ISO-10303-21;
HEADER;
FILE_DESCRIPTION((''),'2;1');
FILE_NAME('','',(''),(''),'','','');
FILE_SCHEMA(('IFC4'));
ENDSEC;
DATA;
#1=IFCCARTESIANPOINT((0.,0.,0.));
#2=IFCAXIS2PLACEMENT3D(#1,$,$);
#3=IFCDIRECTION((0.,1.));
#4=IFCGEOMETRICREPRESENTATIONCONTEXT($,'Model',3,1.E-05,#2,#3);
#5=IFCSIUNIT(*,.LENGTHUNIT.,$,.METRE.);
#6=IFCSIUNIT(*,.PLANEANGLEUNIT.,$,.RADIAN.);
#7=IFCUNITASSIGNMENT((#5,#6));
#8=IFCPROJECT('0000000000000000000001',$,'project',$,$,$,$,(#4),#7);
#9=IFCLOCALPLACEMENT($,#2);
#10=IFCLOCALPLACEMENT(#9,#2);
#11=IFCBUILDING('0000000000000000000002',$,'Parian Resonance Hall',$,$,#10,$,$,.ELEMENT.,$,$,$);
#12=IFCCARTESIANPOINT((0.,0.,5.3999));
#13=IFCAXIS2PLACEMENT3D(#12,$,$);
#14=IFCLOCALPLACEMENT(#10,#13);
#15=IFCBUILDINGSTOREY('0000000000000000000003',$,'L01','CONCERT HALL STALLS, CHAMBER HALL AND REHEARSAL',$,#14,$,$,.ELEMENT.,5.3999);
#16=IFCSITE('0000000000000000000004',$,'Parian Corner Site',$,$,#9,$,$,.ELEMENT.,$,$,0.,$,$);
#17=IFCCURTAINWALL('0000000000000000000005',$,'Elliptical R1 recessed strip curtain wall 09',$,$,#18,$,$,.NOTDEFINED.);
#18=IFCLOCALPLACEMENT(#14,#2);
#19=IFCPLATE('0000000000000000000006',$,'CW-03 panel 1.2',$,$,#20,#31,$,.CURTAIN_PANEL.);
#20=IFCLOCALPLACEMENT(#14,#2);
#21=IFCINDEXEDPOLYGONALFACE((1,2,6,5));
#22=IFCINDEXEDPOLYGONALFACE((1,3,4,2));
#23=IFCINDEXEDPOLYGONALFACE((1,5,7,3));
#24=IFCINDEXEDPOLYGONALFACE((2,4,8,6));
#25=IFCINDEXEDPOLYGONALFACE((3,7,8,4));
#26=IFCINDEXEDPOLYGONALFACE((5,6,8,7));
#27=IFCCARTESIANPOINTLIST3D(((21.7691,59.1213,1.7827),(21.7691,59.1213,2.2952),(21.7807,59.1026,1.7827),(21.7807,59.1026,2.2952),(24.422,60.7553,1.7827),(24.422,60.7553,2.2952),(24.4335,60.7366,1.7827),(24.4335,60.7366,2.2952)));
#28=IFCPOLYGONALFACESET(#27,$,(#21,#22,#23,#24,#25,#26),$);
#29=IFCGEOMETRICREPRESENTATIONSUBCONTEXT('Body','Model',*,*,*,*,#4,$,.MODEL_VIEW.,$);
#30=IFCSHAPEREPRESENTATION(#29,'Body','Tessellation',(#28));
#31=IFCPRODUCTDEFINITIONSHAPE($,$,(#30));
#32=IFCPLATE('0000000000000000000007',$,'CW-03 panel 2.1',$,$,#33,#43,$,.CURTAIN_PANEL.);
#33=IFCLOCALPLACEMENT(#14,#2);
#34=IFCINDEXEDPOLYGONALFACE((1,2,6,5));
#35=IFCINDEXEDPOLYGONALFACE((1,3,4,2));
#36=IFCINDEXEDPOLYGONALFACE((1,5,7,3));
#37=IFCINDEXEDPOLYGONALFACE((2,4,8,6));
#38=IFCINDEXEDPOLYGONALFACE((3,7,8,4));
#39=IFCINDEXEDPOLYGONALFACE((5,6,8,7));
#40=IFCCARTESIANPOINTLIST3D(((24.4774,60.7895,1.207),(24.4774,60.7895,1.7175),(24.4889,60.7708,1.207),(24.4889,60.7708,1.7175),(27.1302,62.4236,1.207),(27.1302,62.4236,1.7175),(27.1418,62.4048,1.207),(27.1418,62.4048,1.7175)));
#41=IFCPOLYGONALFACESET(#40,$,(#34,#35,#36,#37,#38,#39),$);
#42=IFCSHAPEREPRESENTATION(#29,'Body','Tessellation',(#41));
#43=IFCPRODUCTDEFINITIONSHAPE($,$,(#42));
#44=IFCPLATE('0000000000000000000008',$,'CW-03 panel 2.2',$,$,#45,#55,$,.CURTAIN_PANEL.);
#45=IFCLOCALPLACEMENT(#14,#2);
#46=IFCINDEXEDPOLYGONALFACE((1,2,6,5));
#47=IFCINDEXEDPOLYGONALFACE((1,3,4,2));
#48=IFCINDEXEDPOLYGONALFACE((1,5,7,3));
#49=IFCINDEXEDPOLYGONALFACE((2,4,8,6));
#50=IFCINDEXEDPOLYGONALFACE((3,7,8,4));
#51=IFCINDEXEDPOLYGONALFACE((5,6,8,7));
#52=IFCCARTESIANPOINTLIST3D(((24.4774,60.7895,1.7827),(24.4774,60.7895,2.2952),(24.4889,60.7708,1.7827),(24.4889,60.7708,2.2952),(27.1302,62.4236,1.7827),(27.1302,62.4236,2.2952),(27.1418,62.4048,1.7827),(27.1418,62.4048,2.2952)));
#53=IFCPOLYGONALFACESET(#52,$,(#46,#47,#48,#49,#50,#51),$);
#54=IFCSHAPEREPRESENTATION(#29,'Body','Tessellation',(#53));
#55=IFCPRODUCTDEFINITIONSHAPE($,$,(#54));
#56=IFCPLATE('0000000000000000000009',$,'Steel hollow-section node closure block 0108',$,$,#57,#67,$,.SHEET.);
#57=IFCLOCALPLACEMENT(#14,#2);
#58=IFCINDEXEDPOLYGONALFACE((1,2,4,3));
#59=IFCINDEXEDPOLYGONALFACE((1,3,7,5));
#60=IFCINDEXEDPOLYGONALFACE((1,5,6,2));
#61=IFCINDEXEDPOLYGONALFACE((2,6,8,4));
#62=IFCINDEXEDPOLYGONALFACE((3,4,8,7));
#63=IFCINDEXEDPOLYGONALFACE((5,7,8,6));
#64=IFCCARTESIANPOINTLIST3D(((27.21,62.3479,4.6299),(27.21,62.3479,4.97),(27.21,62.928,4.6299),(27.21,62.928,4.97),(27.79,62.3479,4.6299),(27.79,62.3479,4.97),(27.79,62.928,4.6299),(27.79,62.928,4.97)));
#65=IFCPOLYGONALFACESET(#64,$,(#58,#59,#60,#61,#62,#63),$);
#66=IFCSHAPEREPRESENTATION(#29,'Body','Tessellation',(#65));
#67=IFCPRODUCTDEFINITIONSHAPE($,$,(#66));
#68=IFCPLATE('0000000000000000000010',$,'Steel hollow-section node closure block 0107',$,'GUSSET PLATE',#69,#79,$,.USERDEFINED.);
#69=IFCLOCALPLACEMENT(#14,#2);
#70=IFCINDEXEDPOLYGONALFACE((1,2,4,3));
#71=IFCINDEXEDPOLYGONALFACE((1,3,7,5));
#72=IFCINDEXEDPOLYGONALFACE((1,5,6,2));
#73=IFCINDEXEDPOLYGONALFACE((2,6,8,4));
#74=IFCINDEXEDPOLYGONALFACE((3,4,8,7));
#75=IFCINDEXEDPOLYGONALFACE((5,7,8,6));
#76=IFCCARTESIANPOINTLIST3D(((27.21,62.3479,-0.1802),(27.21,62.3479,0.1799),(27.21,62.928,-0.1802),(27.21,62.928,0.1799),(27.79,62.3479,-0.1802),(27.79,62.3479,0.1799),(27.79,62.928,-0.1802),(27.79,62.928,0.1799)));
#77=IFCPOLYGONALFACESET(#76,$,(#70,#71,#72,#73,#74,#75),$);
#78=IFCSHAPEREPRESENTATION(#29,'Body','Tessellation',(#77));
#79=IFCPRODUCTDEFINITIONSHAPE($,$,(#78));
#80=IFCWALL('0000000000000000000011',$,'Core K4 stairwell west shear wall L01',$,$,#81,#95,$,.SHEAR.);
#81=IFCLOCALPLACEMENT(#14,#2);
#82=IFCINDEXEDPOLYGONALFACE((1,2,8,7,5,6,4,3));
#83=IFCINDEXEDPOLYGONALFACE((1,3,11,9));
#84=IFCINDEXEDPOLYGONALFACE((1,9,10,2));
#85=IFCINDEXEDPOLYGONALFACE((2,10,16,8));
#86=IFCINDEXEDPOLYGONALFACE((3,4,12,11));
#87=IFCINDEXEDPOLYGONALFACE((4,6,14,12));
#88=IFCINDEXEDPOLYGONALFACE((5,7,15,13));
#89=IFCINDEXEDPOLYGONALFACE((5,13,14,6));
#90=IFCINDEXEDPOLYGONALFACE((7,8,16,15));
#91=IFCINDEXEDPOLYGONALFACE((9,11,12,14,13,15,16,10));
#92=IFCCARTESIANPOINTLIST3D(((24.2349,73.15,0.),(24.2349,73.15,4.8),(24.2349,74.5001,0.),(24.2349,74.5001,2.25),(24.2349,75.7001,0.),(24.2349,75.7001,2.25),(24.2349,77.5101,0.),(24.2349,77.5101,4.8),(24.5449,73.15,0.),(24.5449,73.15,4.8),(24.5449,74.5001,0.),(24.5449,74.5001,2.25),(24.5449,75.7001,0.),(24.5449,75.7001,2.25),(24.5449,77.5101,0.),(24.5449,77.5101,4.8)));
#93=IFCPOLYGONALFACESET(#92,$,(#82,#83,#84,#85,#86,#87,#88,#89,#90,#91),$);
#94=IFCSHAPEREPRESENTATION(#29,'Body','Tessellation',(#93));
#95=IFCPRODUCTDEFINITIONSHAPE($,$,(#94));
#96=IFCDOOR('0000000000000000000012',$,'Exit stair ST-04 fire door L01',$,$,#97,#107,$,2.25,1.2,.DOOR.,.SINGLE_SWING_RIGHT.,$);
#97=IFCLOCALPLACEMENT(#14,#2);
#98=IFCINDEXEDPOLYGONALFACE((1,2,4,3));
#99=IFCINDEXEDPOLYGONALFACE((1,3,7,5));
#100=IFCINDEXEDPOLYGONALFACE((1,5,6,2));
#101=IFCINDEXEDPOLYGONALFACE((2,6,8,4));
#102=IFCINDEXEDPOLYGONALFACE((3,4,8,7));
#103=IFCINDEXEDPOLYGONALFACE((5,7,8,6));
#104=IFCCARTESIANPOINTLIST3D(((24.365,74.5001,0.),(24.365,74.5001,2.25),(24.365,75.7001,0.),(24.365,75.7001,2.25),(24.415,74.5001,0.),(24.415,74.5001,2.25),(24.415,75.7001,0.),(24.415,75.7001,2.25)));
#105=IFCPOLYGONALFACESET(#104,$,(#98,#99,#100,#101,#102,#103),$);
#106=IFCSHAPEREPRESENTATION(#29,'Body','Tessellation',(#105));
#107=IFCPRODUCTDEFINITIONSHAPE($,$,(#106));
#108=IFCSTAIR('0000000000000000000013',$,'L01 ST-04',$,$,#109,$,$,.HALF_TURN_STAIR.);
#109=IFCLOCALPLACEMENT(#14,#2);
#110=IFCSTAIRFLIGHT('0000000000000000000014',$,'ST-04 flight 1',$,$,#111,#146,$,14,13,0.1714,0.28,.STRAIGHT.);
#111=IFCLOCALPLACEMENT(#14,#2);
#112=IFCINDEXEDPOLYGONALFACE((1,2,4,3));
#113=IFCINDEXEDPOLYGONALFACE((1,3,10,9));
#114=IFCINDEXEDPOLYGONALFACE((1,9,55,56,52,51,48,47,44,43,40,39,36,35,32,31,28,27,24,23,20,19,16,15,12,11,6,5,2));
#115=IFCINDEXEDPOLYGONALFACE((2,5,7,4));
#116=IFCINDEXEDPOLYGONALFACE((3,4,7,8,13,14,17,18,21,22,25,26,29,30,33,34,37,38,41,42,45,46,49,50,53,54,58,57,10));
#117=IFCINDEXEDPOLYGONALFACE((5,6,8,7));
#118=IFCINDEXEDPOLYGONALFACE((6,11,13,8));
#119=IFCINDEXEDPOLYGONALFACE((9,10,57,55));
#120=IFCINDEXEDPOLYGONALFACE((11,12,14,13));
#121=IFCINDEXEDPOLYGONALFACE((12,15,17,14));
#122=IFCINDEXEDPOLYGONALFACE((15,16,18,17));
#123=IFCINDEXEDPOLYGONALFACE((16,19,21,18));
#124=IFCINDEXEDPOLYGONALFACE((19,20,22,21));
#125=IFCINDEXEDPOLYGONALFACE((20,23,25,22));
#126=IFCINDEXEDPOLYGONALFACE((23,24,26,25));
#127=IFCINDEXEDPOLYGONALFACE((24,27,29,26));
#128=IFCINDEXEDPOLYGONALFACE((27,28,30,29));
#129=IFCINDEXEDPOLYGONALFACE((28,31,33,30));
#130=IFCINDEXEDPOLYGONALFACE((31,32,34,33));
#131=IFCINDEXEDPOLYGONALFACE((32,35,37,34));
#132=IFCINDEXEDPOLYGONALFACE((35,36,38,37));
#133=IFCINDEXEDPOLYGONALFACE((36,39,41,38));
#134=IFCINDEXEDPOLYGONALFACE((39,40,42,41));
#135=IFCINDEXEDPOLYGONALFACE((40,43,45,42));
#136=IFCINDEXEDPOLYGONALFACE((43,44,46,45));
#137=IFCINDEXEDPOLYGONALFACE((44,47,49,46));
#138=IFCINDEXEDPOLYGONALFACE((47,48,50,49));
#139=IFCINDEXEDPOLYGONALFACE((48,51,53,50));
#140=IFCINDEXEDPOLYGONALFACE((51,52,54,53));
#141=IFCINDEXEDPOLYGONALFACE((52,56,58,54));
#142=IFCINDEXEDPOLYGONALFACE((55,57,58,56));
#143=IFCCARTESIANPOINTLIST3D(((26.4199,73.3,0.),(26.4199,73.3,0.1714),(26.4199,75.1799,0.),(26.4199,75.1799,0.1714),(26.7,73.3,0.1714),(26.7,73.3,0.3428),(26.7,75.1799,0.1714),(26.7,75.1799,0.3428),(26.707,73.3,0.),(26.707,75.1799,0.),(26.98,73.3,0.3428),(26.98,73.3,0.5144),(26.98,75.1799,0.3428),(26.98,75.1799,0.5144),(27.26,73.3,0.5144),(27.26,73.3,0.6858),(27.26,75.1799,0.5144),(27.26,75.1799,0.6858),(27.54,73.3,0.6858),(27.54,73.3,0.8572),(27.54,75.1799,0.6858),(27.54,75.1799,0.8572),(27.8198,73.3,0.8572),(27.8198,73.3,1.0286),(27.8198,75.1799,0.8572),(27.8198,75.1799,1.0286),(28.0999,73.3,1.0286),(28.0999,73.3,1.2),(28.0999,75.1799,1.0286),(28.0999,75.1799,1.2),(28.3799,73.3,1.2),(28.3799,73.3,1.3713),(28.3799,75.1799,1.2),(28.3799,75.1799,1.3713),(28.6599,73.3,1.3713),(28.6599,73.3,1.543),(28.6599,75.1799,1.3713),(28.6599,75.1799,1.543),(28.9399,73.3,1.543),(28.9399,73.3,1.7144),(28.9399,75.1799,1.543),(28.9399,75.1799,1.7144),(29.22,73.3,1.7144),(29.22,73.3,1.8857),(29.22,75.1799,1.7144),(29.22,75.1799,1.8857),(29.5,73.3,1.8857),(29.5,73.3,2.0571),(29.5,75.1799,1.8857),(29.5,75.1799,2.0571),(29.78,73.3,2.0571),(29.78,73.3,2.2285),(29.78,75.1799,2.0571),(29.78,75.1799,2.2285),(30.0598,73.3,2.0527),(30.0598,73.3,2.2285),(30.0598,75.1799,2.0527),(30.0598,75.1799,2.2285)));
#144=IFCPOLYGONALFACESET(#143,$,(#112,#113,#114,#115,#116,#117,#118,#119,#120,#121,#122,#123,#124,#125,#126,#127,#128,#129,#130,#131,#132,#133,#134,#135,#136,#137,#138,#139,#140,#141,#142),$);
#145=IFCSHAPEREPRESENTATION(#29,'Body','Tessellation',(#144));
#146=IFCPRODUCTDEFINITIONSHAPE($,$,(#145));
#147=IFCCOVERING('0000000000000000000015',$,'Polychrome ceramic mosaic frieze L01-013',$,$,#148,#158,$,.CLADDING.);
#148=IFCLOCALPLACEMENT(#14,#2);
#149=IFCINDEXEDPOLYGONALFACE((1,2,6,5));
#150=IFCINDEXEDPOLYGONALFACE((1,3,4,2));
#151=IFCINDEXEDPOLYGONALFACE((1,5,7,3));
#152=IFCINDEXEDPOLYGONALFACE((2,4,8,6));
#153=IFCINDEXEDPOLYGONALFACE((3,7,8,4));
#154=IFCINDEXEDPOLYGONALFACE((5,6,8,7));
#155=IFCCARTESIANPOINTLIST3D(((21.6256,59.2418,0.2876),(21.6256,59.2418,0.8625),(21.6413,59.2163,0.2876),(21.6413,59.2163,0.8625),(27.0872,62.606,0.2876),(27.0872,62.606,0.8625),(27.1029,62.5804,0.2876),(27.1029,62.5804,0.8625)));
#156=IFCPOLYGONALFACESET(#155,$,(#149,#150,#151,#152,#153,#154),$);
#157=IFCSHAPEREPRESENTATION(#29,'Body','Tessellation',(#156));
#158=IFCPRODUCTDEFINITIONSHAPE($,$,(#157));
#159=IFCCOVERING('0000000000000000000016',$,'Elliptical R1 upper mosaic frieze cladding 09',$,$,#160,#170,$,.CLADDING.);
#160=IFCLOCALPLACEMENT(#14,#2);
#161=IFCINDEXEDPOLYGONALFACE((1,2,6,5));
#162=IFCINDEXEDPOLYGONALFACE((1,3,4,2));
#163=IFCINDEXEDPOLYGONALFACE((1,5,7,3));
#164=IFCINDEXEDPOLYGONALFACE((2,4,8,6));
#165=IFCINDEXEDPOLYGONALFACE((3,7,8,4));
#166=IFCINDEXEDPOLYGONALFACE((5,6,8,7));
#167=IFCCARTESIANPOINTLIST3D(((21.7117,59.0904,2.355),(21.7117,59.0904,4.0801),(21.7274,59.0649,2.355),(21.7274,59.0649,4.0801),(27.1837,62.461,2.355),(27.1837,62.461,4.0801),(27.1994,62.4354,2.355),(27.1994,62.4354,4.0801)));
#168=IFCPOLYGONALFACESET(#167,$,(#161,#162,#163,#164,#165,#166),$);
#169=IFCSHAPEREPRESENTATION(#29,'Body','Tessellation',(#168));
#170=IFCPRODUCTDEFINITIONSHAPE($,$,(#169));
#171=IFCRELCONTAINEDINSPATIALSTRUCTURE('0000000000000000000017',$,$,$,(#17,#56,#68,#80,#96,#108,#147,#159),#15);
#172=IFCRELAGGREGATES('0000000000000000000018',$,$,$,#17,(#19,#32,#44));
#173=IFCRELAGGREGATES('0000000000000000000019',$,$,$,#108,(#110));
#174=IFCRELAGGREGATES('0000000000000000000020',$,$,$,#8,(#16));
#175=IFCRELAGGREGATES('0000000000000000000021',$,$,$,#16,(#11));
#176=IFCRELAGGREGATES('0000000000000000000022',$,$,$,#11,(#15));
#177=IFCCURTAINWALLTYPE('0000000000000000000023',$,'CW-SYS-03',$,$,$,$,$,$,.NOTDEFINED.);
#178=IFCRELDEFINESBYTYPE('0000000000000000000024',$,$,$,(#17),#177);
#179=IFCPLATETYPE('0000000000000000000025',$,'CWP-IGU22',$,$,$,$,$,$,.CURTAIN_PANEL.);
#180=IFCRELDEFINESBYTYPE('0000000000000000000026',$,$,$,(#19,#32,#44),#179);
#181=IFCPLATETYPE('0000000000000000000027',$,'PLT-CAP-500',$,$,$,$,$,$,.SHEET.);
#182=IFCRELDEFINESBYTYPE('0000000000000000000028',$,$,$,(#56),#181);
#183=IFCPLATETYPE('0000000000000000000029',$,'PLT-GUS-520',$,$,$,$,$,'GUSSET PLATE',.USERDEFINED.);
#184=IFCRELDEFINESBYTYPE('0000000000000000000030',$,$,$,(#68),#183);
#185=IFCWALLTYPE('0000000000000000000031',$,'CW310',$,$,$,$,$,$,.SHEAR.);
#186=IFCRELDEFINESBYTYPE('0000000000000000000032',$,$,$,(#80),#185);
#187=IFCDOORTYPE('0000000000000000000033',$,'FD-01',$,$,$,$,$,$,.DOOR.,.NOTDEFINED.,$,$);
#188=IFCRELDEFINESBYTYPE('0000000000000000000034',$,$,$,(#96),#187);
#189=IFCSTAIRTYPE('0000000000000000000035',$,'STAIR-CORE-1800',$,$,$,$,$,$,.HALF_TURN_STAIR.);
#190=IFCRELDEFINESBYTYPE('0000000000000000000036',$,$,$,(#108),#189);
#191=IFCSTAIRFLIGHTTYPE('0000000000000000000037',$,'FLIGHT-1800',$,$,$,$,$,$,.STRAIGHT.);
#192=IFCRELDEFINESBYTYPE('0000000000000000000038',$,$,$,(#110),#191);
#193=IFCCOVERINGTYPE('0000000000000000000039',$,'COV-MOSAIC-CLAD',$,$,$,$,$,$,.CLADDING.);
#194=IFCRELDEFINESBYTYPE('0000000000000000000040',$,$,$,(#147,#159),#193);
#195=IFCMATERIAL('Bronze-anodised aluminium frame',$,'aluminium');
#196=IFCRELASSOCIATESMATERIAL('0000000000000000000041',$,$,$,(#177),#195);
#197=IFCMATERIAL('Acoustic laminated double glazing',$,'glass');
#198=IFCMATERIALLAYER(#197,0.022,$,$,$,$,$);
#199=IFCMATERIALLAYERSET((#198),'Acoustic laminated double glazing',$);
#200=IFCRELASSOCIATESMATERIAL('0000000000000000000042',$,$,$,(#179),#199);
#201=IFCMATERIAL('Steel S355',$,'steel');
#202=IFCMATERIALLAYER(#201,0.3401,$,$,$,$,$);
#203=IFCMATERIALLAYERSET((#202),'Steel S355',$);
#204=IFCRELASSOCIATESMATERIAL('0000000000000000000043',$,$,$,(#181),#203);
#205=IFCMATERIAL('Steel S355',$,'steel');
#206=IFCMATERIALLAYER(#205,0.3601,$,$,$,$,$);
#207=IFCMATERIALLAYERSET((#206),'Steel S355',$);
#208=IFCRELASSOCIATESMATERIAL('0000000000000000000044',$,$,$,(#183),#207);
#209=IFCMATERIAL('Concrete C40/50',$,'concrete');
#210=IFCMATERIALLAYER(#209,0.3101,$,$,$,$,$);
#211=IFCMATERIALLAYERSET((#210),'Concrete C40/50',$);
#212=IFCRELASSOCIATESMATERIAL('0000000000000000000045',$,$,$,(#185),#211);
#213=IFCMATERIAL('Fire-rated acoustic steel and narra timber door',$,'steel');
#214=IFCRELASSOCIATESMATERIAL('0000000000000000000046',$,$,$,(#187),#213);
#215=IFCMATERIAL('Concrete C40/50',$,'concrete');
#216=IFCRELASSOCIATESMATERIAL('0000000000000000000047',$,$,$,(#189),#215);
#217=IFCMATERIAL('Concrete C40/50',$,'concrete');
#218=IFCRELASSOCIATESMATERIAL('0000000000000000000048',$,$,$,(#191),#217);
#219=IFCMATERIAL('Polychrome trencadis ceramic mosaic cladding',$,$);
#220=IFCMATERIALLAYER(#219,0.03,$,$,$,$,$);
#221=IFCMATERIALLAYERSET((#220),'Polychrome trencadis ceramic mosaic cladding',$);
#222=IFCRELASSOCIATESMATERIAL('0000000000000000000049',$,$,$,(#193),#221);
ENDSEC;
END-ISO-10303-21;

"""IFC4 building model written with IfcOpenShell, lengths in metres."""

from ifc_helpers import new_model, si_unit, direction, frame, frame_2d, origin, origin_2d, place, context, subcontext, project, spatial, polyline, rectangle, outline, extrude, material, layer, layer_set, type_object, element, fill, aggregate, save


model = new_model("IFC4")

# Units and contexts
model_context = context("Model", 3, precision=1e-05, world=origin(), true_north=direction((0.0, 1.0)))
body_context = subcontext(model_context, "Body", "Model", "MODEL_VIEW")
ifc_project = project(units=[si_unit("LENGTHUNIT", "METRE"), si_unit("PLANEANGLEUNIT", "RADIAN")], contexts=[model_context])

# Site, building, storey
site_placement = place(None, origin())
site = spatial("IfcSite", under=ifc_project, at=site_placement, Name="Parian Corner Site", CompositionType="ELEMENT", RefElevation=0.0)
building_placement = place(site_placement, origin())
building = spatial("IfcBuilding", under=site, at=building_placement, Name="Parian Resonance Hall", CompositionType="ELEMENT")
storey_placement = place(building_placement, frame((0.0, 0.0, 5.3999)))
storey = spatial("IfcBuildingStorey", under=building, at=storey_placement, Name="L01", Description="CONCERT HALL STALLS, CHAMBER HALL AND REHEARSAL", CompositionType="ELEMENT", Elevation=5.3999)

# Curtain wall, plates
ifc_material_1 = material(Name="Bronze-anodised aluminium frame", Category="aluminium")
curtain_wall_type = type_object("IfcCurtainWallType", Name="CW-SYS-03", PredefinedType="NOTDEFINED", material=ifc_material_1)
curtain_wall_placement = place(storey_placement, origin())
curtain_wall = element("IfcCurtainWall", 1, at=curtain_wall_placement, inside=storey, type_object=curtain_wall_type, Name="Elliptical R1 recessed strip curtain wall 09", PredefinedType="NOTDEFINED")
ifc_material_2 = material(Name="Acoustic laminated double glazing", Category="glass")
ifc_layer_1 = layer(ifc_material_2, 0.022)
ifc_layer_set_1 = layer_set([ifc_layer_1], Name="Acoustic laminated double glazing")
plate_type_1 = type_object("IfcPlateType", Name="CWP-IGU22", PredefinedType="CURTAIN_PANEL", material=ifc_layer_set_1)
plate_1_placement = place(storey_placement, frame((23.1013, 59.929, 1.7827), z_axis=(0.0, 0.0, 1.0), x_axis=(0.851438, 0.524456, 0.0)))
plate_1 = element("IfcPlate", 2, at=plate_1_placement, type_object=plate_type_1, Name="CW-03 panel 1.2", PredefinedType="CURTAIN_PANEL", context=body_context, shape_type="SweptSolid", body=[
    extrude(rectangle(XDim=3.1157, YDim=0.022, at=origin_2d()), origin(), (0.0, 0.0, 1.0), 0.5125),
])
plate_2_placement = place(storey_placement, frame((25.8096, 61.5972, 1.207), z_axis=(0.0, 0.0, 1.0), x_axis=(0.851438, 0.524456, 0.0)))
plate_2 = element("IfcPlate", 3, at=plate_2_placement, type_object=plate_type_1, Name="CW-03 panel 2.1", PredefinedType="CURTAIN_PANEL", context=body_context, shape_type="SweptSolid", body=[
    extrude(rectangle(XDim=3.1157, YDim=0.022, at=origin_2d()), origin(), (0.0, 0.0, 1.0), 0.5105),
])
plate_3_placement = place(storey_placement, frame((25.8096, 61.5972, 1.7827), z_axis=(0.0, 0.0, 1.0), x_axis=(0.851438, 0.524456, 0.0)))
plate_3 = element("IfcPlate", 4, at=plate_3_placement, type_object=plate_type_1, Name="CW-03 panel 2.2", PredefinedType="CURTAIN_PANEL", context=body_context, shape_type="SweptSolid", body=[
    extrude(rectangle(XDim=3.1157, YDim=0.022, at=origin_2d()), origin(), (0.0, 0.0, 1.0), 0.5125),
])
aggregate(curtain_wall, [plate_1, plate_2, plate_3])

# Plates
ifc_material_3 = material(Name="Steel S355", Category="steel")
ifc_layer_2 = layer(ifc_material_3, 0.3401)
ifc_layer_set_2 = layer_set([ifc_layer_2], Name="Steel S355")
plate_type_2 = type_object("IfcPlateType", Name="PLT-CAP-500", PredefinedType="SHEET", material=ifc_layer_set_2)
plate_4_placement = place(storey_placement, frame((27.5, 62.6379, 4.6299), z_axis=(0.0, 0.0, 1.0), x_axis=(1.0, 0.0, 0.0)))
element("IfcPlate", 5, at=plate_4_placement, inside=storey, type_object=plate_type_2, Name="Steel hollow-section node closure block 0108", PredefinedType="SHEET", context=body_context, shape_type="SweptSolid", body=[
    extrude(rectangle(XDim=0.5801, YDim=0.5801, at=origin_2d()), origin(), (0.0, 0.0, 1.0), 0.3401),
])
ifc_material_4 = material(Name="Steel S355", Category="steel")
ifc_layer_3 = layer(ifc_material_4, 0.3601)
ifc_layer_set_3 = layer_set([ifc_layer_3], Name="Steel S355")
plate_type_3 = type_object("IfcPlateType", Name="PLT-GUS-520", ElementType="GUSSET PLATE", PredefinedType="USERDEFINED", material=ifc_layer_set_3)
plate_5_placement = place(storey_placement, frame((27.5, 62.6379, -0.1802), z_axis=(0.0, 0.0, 1.0), x_axis=(1.0, 0.0, 0.0)))
element("IfcPlate", 6, at=plate_5_placement, inside=storey, type_object=plate_type_3, Name="Steel hollow-section node closure block 0107", ObjectType="GUSSET PLATE", PredefinedType="USERDEFINED", context=body_context, shape_type="SweptSolid", body=[
    extrude(rectangle(XDim=0.5801, YDim=0.5801, at=origin_2d()), origin(), (0.0, 0.0, 1.0), 0.3601),
])

# Wall, opening, door
ifc_material_5 = material(Name="Concrete C40/50", Category="concrete")
ifc_layer_4 = layer(ifc_material_5, 0.3101)
ifc_layer_set_4 = layer_set([ifc_layer_4], Name="Concrete C40/50")
wall_type = type_object("IfcWallType", Name="CW310", PredefinedType="SHEAR", material=ifc_layer_set_4)
wall_placement = place(storey_placement, frame((24.3899, 73.1499, 0.0), z_axis=(0.0, 0.0, 1.0), x_axis=(0.0, 1.0, 0.0)))
wall = element("IfcWall", 7, at=wall_placement, inside=storey, type_object=wall_type, Name="Core K4 stairwell west shear wall L01", PredefinedType="SHEAR", context=body_context, shape_type="SweptSolid", body=[
    extrude(rectangle(XDim=4.3601, YDim=0.3101, at=frame_2d((2.1802, 0.0))), origin(), (0.0, 0.0, 1.0), 4.8),
])
opening_placement = place(wall_placement, frame((1.3501, 0.0, 0.0)))
opening = element("IfcOpeningElement", 8, at=opening_placement, cuts=wall, PredefinedType="OPENING", context=body_context, shape_type="SweptSolid", body=[
    extrude(rectangle(XDim=1.2, YDim=2.25, at=frame_2d((0.6001, 1.125))), frame((0.0, 0.165, 0.0), z_axis=(0.0, -1.0, 0.0), x_axis=(1.0, 0.0, 0.0)), (0.0, 0.0, 1.0), 0.3301),
])
ifc_material_6 = material(Name="Fire-rated acoustic steel and narra timber door", Category="steel")
door_type = type_object("IfcDoorType", Name="FD-01", OperationType="NOTDEFINED", PredefinedType="DOOR", material=ifc_material_6)
door_placement = place(opening_placement, origin())
door = element("IfcDoor", 9, at=door_placement, inside=storey, type_object=door_type, Name="Exit stair ST-04 fire door L01", OperationType="SINGLE_SWING_RIGHT", OverallHeight=2.25, OverallWidth=1.2, PredefinedType="DOOR", context=body_context, shape_type="SweptSolid", body=[
    extrude(rectangle(XDim=1.2, YDim=2.25, at=frame_2d((0.6001, 1.125))), frame((0.0, 0.0249, 0.0), z_axis=(0.0, -1.0, 0.0), x_axis=(1.0, 0.0, 0.0)), (0.0, 0.0, 1.0), 0.05),
])
fill(opening, door)

# Stair, stair flight
ifc_material_7 = material(Name="Concrete C40/50", Category="concrete")
stair_type = type_object("IfcStairType", Name="STAIR-CORE-1800", PredefinedType="HALF_TURN_STAIR", material=ifc_material_7)
stair_placement = place(storey_placement, origin())
stair = element("IfcStair", 10, at=stair_placement, inside=storey, type_object=stair_type, Name="L01 ST-04", PredefinedType="HALF_TURN_STAIR")
ifc_material_8 = material(Name="Concrete C40/50", Category="concrete")
stair_flight_type = type_object("IfcStairFlightType", Name="FLIGHT-1800", PredefinedType="STRAIGHT", material=ifc_material_8)
stair_flight_placement = place(storey_placement, frame((26.4199, 74.24, 0.0), z_axis=(0.0, 0.0, 1.0), x_axis=(1.0, 0.0, 0.0)))
stair_flight = element("IfcStairFlight", 11, at=stair_flight_placement, type_object=stair_flight_type, Name="ST-04 flight 1", NumberOfRisers=14, NumberOfTreads=13, PredefinedType="STRAIGHT", RiserHeight=0.1714, TreadLength=0.28, context=body_context, shape_type="SweptSolid", body=[
    extrude(outline(polyline([(0.0, 0.0), (0.0, 0.1714), (0.28, 0.1714), (0.28, 0.3428), (0.5601, 0.3428), (0.5601, 0.5144), (0.8401, 0.5144), (0.8401, 0.6858), (1.1201, 0.6858), (1.1201, 0.8572), (1.3999, 0.8572), (1.3999, 1.0286), (1.6799, 1.0286), (1.6799, 1.2), (1.96, 1.2), (1.96, 1.3713), (2.24, 1.3713), (2.24, 1.543), (2.52, 1.543), (2.52, 1.7144), (2.8, 1.7144), (2.8, 1.8857), (3.0801, 1.8857), (3.0801, 2.0571), (3.3601, 2.0571), (3.3601, 2.2285), (3.6399, 2.2285), (3.6399, 2.3999), (3.6399, 2.0527), (0.2871, 0.0), (0.0, 0.0)])), frame((0.0, 0.9399, 0.0), z_axis=(0.0, -1.0, 0.0), x_axis=(1.0, 0.0, 0.0)), (0.0, 0.0, 1.0), 1.8799),
])
aggregate(stair, [stair_flight])

# Coverings
ifc_material_9 = material(Name="Polychrome trencadis ceramic mosaic cladding")
ifc_layer_5 = layer(ifc_material_9, 0.03)
ifc_layer_set_5 = layer_set([ifc_layer_5], Name="Polychrome trencadis ceramic mosaic cladding")
covering_type = type_object("IfcCoveringType", Name="COV-MOSAIC-CLAD", PredefinedType="CLADDING", material=ifc_layer_set_5)
covering_1_placement = place(storey_placement, frame((24.3643, 60.9111, 0.2876), z_axis=(0.0, 0.0, 1.0), x_axis=(0.851434, 0.524462, 0.0)))
element("IfcCovering", 12, at=covering_1_placement, inside=storey, type_object=covering_type, Name="Polychrome ceramic mosaic frieze L01-013", PredefinedType="CLADDING", context=body_context, shape_type="SweptSolid", body=[
    extrude(rectangle(XDim=6.4146, YDim=0.03, at=origin_2d()), origin(), (0.0, 0.0, 1.0), 0.575),
])
covering_2_placement = place(storey_placement, frame((24.4556, 60.7629, 2.355), z_axis=(0.0, 0.0, 1.0), x_axis=(0.851438, 0.524456, 0.0)))
element("IfcCovering", 13, at=covering_2_placement, inside=storey, type_object=covering_type, Name="Elliptical R1 upper mosaic frieze cladding 09", PredefinedType="CLADDING", context=body_context, shape_type="SweptSolid", body=[
    extrude(rectangle(XDim=6.4268, YDim=0.03, at=origin_2d()), origin(), (0.0, 0.0, 1.0), 1.7251),
])

save(model, "model.ifc")
